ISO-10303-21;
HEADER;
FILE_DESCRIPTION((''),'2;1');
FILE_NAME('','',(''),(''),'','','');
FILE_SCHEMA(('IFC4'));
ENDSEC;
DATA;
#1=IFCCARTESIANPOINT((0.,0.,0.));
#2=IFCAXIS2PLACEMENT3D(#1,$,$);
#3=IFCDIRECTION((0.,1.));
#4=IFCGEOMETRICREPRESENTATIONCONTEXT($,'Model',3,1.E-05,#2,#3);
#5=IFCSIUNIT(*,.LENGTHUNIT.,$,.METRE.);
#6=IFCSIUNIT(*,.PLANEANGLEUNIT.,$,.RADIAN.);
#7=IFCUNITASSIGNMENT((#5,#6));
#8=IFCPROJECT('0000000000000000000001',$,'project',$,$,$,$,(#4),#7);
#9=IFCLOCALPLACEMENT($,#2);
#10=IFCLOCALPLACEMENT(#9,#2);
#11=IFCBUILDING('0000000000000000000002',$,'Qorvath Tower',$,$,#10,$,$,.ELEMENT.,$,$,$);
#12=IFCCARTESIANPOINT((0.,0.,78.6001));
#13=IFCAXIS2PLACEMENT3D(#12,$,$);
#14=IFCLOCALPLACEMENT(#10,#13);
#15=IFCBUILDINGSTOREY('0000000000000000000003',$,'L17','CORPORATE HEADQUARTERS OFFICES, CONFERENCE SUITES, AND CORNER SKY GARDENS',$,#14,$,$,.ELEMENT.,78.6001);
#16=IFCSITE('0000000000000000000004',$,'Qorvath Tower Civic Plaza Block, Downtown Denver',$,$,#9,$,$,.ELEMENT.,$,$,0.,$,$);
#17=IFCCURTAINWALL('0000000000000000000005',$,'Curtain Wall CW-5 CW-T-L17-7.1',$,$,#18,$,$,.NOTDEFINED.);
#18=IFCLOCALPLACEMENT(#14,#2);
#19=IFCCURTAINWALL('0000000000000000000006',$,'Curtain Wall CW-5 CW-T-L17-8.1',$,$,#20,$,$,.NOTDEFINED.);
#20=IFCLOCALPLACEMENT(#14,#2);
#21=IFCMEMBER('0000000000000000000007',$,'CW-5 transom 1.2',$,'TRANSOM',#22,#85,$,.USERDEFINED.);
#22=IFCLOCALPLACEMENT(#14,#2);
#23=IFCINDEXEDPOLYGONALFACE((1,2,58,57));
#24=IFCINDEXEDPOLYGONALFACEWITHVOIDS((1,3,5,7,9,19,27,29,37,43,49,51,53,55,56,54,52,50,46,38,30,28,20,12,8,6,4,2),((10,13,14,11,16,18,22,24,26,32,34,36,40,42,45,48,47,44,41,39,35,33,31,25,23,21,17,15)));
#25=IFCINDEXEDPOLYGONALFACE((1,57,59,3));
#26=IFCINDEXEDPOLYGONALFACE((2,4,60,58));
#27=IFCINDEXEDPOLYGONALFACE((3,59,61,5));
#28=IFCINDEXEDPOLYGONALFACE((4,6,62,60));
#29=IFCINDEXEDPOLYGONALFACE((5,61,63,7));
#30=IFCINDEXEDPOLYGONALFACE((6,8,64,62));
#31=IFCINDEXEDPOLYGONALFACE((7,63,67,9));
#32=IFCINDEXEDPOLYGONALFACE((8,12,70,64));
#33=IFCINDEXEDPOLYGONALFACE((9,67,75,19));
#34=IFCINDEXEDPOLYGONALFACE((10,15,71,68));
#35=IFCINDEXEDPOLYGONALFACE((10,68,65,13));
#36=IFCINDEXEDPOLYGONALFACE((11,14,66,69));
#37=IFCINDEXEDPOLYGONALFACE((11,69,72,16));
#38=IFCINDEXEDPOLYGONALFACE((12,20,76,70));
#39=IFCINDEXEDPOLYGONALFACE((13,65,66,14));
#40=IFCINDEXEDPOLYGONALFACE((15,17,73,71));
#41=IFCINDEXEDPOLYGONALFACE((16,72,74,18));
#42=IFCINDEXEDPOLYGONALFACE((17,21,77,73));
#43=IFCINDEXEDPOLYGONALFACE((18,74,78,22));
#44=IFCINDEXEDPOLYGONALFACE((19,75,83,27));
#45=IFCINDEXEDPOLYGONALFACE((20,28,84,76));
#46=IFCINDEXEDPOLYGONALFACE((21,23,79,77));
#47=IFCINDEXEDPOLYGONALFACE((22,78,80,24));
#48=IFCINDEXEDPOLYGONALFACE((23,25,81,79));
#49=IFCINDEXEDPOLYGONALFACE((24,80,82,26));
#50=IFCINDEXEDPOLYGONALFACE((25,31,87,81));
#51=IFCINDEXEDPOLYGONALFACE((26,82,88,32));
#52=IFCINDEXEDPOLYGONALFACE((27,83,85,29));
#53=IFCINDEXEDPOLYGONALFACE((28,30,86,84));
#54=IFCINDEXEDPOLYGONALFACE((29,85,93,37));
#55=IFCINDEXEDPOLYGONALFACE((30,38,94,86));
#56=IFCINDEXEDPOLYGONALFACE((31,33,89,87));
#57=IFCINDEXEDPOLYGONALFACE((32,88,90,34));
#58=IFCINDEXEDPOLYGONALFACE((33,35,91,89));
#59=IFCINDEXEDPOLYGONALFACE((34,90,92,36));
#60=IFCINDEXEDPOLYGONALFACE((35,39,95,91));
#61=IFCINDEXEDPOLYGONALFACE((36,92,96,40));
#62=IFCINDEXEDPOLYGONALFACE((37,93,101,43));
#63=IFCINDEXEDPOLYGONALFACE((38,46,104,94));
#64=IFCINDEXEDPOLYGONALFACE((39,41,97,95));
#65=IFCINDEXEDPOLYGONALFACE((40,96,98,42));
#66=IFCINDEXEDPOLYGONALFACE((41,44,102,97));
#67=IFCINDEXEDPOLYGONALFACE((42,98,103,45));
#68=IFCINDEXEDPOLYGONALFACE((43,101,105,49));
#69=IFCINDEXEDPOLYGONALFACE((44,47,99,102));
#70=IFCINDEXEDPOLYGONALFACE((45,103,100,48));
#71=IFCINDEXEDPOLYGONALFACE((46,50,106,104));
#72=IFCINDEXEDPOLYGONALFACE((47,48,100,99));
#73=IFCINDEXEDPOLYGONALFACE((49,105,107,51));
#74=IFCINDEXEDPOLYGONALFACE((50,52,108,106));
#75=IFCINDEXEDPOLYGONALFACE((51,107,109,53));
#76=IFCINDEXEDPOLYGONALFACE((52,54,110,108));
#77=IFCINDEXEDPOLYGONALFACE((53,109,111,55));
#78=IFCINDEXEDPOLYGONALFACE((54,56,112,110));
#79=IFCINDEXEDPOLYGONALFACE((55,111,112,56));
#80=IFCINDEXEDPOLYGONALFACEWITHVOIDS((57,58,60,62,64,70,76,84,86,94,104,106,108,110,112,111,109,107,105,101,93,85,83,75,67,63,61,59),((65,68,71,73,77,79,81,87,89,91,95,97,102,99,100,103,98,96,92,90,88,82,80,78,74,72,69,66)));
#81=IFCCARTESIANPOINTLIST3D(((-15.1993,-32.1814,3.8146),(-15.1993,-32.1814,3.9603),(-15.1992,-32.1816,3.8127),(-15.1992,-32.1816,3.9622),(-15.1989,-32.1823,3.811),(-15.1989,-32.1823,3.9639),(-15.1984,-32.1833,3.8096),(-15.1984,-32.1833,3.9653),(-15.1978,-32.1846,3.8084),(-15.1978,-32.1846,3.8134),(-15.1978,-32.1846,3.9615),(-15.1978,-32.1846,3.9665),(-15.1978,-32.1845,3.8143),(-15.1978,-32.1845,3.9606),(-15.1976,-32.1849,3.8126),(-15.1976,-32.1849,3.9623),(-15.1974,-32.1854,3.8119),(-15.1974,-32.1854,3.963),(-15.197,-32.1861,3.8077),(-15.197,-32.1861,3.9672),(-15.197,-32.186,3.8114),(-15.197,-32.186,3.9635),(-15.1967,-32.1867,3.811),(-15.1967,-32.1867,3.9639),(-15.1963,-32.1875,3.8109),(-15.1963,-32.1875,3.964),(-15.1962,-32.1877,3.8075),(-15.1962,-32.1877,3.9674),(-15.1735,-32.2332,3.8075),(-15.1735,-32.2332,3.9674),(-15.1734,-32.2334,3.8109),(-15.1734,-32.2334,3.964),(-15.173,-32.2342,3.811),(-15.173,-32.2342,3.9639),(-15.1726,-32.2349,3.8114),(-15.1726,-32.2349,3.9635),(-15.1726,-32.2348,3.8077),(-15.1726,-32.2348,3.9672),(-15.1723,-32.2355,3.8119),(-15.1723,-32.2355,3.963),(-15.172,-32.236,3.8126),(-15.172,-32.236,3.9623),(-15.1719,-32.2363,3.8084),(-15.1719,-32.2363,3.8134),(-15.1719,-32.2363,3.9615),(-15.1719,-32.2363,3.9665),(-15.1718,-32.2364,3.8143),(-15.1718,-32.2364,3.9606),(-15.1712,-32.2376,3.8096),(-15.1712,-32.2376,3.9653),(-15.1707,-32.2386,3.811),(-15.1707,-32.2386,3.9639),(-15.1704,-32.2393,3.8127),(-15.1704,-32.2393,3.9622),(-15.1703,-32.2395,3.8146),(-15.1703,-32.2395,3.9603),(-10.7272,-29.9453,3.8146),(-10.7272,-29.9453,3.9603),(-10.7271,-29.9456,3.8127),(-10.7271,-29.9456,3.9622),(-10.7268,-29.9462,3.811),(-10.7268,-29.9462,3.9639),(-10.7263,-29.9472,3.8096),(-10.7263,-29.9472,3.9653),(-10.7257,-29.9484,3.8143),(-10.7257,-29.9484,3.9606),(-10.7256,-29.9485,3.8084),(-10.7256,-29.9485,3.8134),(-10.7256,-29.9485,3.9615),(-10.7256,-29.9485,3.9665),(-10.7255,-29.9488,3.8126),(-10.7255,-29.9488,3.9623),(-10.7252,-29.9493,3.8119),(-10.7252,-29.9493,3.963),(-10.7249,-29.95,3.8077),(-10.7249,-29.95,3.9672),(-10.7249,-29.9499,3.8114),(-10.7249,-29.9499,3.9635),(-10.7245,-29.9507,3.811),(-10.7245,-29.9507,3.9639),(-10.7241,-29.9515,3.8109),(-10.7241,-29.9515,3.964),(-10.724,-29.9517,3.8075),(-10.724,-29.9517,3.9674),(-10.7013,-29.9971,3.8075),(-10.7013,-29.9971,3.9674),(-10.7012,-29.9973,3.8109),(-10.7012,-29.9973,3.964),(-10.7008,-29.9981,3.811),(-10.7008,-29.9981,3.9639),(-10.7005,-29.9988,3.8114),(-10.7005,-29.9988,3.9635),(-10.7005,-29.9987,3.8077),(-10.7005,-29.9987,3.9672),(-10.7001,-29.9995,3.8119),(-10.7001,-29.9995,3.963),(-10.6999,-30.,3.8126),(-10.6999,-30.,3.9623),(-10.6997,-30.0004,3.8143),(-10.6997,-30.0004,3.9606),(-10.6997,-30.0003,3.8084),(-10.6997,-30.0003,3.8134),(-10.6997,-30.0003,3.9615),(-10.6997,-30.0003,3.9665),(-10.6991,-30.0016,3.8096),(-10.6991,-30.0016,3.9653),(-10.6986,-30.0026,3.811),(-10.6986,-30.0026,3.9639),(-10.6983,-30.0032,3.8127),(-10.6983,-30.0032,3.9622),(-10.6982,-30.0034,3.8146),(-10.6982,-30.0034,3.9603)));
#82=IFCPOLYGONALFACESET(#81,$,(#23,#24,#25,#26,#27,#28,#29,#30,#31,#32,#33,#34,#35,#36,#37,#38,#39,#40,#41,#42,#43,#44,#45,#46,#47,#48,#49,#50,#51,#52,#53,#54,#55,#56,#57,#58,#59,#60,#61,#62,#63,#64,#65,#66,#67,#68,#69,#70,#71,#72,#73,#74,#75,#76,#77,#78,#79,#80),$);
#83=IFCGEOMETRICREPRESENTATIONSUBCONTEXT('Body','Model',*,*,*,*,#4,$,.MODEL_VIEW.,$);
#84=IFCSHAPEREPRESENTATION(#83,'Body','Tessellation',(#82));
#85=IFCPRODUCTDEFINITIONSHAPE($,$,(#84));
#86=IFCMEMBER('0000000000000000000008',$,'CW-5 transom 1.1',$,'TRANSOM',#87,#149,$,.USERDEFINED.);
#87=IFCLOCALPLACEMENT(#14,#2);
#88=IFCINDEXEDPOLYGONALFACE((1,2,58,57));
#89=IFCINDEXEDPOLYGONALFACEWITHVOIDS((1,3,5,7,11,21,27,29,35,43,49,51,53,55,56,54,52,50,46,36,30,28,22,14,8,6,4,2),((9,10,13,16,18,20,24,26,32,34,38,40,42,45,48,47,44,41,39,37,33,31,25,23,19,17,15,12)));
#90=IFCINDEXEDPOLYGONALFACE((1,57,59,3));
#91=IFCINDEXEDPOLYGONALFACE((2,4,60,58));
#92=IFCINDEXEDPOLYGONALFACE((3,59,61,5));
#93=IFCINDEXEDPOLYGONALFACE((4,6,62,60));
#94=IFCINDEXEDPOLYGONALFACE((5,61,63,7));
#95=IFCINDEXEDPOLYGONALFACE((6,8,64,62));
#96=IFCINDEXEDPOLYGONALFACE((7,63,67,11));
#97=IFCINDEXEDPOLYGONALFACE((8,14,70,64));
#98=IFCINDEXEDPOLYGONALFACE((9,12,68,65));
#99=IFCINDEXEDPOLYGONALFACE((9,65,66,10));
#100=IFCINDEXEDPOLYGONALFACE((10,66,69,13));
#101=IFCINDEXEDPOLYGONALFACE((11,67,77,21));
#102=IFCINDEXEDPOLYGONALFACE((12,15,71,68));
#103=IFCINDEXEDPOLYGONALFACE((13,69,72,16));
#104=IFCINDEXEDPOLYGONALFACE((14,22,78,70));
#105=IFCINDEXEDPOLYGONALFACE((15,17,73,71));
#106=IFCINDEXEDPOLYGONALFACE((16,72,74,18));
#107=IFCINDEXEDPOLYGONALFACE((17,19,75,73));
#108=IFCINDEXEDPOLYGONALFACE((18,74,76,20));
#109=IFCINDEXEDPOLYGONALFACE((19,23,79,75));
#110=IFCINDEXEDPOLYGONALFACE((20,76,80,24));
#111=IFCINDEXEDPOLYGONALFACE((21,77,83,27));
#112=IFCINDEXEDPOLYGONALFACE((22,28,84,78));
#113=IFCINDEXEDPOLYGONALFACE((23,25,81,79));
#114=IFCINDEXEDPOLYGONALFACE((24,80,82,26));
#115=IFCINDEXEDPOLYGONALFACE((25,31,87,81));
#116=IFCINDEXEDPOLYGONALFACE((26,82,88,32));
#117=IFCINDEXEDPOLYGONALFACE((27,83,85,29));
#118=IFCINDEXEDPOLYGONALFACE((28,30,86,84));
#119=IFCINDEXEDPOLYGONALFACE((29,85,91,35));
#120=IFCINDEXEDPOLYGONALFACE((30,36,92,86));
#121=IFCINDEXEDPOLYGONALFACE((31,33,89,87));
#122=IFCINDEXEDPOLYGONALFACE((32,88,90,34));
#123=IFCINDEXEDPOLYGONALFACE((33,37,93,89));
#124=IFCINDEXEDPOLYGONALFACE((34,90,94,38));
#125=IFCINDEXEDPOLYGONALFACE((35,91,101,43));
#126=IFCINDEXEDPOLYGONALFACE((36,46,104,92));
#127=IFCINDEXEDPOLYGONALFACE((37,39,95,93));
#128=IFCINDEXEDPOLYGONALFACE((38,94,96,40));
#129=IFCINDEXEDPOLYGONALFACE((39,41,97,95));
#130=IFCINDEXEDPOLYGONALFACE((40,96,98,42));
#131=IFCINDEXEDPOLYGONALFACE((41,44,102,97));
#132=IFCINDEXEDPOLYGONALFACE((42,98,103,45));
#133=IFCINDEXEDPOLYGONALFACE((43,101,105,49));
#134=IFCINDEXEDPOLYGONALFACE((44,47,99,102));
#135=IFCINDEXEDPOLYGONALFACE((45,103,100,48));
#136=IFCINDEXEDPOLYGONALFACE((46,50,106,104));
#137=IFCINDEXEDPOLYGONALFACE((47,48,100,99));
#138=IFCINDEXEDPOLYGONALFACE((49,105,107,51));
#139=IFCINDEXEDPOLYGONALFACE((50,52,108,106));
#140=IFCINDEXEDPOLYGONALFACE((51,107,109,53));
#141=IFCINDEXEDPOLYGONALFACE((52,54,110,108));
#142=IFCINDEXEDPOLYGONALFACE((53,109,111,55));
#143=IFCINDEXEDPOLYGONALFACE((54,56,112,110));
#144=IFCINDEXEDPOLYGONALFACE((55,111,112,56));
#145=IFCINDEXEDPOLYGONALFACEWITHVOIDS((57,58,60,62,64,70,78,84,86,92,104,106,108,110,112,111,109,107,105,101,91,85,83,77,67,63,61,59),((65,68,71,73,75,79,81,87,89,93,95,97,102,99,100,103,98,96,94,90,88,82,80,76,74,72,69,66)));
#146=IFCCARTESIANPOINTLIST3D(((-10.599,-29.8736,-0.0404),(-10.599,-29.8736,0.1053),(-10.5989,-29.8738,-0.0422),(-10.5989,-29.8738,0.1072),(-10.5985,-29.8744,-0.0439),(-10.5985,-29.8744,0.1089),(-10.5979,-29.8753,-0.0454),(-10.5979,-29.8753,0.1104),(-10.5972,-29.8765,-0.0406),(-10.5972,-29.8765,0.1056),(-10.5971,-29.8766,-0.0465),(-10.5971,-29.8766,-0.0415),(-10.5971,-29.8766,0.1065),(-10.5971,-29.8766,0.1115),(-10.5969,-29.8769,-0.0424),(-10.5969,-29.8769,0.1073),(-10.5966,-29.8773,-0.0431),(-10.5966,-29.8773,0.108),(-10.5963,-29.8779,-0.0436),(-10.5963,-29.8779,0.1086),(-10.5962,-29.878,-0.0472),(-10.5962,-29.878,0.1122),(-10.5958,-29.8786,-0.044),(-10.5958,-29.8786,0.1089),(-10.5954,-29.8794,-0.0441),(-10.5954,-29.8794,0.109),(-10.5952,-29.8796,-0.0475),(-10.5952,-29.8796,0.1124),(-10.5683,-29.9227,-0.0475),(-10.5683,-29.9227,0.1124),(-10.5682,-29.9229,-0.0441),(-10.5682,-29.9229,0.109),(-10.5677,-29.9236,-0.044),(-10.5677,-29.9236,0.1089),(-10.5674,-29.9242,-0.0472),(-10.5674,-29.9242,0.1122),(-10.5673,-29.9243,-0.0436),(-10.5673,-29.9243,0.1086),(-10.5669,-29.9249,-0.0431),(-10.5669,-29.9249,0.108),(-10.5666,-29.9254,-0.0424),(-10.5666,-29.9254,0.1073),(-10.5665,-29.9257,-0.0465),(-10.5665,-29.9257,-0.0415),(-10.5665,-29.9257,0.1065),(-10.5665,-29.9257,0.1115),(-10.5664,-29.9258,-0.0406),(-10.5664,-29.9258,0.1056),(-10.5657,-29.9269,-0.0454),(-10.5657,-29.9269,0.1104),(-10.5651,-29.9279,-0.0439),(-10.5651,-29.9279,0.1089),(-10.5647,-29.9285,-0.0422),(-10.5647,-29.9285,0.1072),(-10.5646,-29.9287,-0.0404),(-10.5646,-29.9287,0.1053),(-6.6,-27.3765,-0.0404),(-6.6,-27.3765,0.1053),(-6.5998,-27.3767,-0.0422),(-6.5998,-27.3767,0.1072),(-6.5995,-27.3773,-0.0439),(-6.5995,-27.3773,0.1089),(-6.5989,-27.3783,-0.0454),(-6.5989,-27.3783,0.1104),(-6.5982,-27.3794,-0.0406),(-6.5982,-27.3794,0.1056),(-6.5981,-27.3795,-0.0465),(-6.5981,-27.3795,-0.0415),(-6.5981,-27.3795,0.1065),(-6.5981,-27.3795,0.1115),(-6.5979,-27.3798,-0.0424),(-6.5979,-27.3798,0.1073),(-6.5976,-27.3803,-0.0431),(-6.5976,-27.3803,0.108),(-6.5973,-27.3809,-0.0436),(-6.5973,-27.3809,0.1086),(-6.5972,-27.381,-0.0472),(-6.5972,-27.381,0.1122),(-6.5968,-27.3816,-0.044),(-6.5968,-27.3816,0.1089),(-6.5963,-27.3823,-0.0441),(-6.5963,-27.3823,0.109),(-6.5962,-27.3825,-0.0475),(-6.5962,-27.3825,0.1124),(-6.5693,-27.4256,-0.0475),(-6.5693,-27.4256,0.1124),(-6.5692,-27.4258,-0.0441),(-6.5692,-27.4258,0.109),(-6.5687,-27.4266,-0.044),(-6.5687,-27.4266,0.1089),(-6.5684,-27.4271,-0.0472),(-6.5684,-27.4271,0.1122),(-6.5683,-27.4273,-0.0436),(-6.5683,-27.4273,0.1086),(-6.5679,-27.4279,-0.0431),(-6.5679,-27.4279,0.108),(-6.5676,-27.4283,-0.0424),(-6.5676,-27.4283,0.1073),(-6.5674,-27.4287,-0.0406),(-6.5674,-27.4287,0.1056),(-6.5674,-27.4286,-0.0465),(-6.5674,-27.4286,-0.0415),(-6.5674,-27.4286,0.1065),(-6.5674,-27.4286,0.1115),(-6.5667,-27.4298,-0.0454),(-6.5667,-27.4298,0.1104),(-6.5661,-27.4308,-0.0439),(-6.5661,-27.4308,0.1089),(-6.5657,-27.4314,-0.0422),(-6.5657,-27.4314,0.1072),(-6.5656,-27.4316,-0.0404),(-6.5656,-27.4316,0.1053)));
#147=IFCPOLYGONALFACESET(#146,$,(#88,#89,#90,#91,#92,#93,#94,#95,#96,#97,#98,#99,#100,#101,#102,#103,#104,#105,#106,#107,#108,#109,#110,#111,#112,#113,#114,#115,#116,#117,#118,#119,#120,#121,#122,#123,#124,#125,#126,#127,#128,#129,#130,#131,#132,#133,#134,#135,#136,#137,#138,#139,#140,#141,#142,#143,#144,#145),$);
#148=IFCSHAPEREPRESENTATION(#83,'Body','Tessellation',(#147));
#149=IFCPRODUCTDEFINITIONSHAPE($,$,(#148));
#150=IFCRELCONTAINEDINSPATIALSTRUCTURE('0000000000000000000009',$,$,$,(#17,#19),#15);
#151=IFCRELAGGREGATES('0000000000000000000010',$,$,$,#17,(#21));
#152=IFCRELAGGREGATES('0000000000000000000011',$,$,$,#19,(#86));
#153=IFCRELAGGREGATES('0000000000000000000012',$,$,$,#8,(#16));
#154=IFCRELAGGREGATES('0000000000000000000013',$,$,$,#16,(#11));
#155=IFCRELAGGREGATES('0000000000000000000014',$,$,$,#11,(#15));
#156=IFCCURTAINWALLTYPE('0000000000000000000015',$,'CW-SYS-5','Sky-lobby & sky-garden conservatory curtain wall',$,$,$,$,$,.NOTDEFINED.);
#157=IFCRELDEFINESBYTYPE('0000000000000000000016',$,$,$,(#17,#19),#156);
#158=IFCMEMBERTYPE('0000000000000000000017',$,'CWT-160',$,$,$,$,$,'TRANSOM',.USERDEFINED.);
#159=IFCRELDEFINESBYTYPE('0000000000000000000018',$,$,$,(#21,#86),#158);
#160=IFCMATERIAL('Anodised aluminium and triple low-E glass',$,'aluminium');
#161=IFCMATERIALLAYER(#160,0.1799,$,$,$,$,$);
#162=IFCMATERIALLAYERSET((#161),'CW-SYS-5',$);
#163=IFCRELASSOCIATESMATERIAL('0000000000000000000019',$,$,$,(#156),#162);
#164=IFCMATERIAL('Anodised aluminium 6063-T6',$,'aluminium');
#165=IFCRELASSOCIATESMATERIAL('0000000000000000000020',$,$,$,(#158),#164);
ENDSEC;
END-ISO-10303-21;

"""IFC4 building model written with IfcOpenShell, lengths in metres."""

from ifc_helpers import new_model, si_unit, direction, frame, origin, origin_2d, place, context, subcontext, project, spatial, hollow_rectangle, extrude, material, layer, layer_set, material_profile, profile_set, type_object, element, aggregate, save


model = new_model("IFC4")

# Units and contexts
model_context = context("Model", 3, precision=1e-05, world=origin(), true_north=direction((0.0, 1.0)))
body_context = subcontext(model_context, "Body", "Model", "MODEL_VIEW")
ifc_project = project(units=[si_unit("LENGTHUNIT", "METRE"), si_unit("PLANEANGLEUNIT", "RADIAN")], contexts=[model_context])

# Site, building, storey
site_placement = place(None, origin())
site = spatial("IfcSite", under=ifc_project, at=site_placement, Name="Qorvath Tower Civic Plaza Block, Downtown Denver", CompositionType="ELEMENT", RefElevation=0.0)
building_placement = place(site_placement, origin())
building = spatial("IfcBuilding", under=site, at=building_placement, Name="Qorvath Tower", CompositionType="ELEMENT")
storey_placement = place(building_placement, frame((0.0, 0.0, 78.6001)))
storey = spatial("IfcBuildingStorey", under=building, at=storey_placement, Name="L17", Description="CORPORATE HEADQUARTERS OFFICES, CONFERENCE SUITES, AND CORNER SKY GARDENS", CompositionType="ELEMENT", Elevation=78.6001)

# Shared definitions
ifc_material_1 = material(Name="Anodised aluminium and triple low-E glass", Category="aluminium")
ifc_layer_1 = layer(ifc_material_1, 0.1799)
ifc_layer_set_1 = layer_set([ifc_layer_1], Name="CW-SYS-5")
curtain_wall_type = type_object("IfcCurtainWallType", Name="CW-SYS-5", Description="Sky-lobby & sky-garden conservatory curtain wall", PredefinedType="NOTDEFINED", material=ifc_layer_set_1)

# Curtain walls
curtain_wall_1_placement = place(storey_placement, origin())
curtain_wall_1 = element("IfcCurtainWall", 1, at=curtain_wall_1_placement, inside=storey, type_object=curtain_wall_type, Name="Curtain Wall CW-5 CW-T-L17-7.1", PredefinedType="NOTDEFINED")
curtain_wall_2_placement = place(storey_placement, origin())
curtain_wall_2 = element("IfcCurtainWall", 2, at=curtain_wall_2_placement, inside=storey, type_object=curtain_wall_type, Name="Curtain Wall CW-5 CW-T-L17-8.1", PredefinedType="NOTDEFINED")

# Members
ifc_material_2 = material(Name="Anodised aluminium 6063-T6", Category="aluminium")
ifc_material_profile_1 = material_profile(ifc_material_2, hollow_rectangle(XDim=0.0649, YDim=0.1599, WallThickness=0.0034, InnerFilletRadius=0.0034, OuterFilletRadius=0.0071, at=origin_2d()), Name="CWT 160x65")
ifc_profile_set_1 = profile_set([ifc_material_profile_1], Name="Anodised aluminium 6063-T6")
member_type_1 = type_object("IfcMemberType", Name="CWT-160", ElementType="TRANSOM", PredefinedType="USERDEFINED", material=ifc_profile_set_1)
member_1_placement = place(storey_placement, frame((-15.1848, -32.2104, 3.8875), z_axis=(0.894427, 0.447214, 0.0), x_axis=(-0.447214, 0.894427, 0.0)))
member_1 = element("IfcMember", 3, at=member_1_placement, type_object=member_type_1, Name="CW-5 transom 1.2", ObjectType="TRANSOM", PredefinedType="USERDEFINED", context=body_context, shape_type="SweptSolid", body=[
    extrude(hollow_rectangle(XDim=0.0649, YDim=0.1599, WallThickness=0.0034, InnerFilletRadius=0.0034, OuterFilletRadius=0.0071, at=origin_2d()), origin(), (0.0, 0.0, 1.0), 5.0),
])
member_2_placement = place(storey_placement, frame((-10.5818, -29.9011, 0.0325), z_axis=(0.848219, 0.529645, 0.0), x_axis=(-0.529645, 0.848219, 0.0)))
member_2 = element("IfcMember", 4, at=member_2_placement, type_object=member_type_1, Name="CW-5 transom 1.1", ObjectType="TRANSOM", PredefinedType="USERDEFINED", context=body_context, shape_type="SweptSolid", body=[
    extrude(hollow_rectangle(XDim=0.0649, YDim=0.1599, WallThickness=0.0034, InnerFilletRadius=0.0034, OuterFilletRadius=0.0071, at=origin_2d()), origin(), (0.0, 0.0, 1.0), 4.7146),
])

aggregate(curtain_wall_1, [member_1])
aggregate(curtain_wall_2, [member_2])

save(model, "model.ifc")
